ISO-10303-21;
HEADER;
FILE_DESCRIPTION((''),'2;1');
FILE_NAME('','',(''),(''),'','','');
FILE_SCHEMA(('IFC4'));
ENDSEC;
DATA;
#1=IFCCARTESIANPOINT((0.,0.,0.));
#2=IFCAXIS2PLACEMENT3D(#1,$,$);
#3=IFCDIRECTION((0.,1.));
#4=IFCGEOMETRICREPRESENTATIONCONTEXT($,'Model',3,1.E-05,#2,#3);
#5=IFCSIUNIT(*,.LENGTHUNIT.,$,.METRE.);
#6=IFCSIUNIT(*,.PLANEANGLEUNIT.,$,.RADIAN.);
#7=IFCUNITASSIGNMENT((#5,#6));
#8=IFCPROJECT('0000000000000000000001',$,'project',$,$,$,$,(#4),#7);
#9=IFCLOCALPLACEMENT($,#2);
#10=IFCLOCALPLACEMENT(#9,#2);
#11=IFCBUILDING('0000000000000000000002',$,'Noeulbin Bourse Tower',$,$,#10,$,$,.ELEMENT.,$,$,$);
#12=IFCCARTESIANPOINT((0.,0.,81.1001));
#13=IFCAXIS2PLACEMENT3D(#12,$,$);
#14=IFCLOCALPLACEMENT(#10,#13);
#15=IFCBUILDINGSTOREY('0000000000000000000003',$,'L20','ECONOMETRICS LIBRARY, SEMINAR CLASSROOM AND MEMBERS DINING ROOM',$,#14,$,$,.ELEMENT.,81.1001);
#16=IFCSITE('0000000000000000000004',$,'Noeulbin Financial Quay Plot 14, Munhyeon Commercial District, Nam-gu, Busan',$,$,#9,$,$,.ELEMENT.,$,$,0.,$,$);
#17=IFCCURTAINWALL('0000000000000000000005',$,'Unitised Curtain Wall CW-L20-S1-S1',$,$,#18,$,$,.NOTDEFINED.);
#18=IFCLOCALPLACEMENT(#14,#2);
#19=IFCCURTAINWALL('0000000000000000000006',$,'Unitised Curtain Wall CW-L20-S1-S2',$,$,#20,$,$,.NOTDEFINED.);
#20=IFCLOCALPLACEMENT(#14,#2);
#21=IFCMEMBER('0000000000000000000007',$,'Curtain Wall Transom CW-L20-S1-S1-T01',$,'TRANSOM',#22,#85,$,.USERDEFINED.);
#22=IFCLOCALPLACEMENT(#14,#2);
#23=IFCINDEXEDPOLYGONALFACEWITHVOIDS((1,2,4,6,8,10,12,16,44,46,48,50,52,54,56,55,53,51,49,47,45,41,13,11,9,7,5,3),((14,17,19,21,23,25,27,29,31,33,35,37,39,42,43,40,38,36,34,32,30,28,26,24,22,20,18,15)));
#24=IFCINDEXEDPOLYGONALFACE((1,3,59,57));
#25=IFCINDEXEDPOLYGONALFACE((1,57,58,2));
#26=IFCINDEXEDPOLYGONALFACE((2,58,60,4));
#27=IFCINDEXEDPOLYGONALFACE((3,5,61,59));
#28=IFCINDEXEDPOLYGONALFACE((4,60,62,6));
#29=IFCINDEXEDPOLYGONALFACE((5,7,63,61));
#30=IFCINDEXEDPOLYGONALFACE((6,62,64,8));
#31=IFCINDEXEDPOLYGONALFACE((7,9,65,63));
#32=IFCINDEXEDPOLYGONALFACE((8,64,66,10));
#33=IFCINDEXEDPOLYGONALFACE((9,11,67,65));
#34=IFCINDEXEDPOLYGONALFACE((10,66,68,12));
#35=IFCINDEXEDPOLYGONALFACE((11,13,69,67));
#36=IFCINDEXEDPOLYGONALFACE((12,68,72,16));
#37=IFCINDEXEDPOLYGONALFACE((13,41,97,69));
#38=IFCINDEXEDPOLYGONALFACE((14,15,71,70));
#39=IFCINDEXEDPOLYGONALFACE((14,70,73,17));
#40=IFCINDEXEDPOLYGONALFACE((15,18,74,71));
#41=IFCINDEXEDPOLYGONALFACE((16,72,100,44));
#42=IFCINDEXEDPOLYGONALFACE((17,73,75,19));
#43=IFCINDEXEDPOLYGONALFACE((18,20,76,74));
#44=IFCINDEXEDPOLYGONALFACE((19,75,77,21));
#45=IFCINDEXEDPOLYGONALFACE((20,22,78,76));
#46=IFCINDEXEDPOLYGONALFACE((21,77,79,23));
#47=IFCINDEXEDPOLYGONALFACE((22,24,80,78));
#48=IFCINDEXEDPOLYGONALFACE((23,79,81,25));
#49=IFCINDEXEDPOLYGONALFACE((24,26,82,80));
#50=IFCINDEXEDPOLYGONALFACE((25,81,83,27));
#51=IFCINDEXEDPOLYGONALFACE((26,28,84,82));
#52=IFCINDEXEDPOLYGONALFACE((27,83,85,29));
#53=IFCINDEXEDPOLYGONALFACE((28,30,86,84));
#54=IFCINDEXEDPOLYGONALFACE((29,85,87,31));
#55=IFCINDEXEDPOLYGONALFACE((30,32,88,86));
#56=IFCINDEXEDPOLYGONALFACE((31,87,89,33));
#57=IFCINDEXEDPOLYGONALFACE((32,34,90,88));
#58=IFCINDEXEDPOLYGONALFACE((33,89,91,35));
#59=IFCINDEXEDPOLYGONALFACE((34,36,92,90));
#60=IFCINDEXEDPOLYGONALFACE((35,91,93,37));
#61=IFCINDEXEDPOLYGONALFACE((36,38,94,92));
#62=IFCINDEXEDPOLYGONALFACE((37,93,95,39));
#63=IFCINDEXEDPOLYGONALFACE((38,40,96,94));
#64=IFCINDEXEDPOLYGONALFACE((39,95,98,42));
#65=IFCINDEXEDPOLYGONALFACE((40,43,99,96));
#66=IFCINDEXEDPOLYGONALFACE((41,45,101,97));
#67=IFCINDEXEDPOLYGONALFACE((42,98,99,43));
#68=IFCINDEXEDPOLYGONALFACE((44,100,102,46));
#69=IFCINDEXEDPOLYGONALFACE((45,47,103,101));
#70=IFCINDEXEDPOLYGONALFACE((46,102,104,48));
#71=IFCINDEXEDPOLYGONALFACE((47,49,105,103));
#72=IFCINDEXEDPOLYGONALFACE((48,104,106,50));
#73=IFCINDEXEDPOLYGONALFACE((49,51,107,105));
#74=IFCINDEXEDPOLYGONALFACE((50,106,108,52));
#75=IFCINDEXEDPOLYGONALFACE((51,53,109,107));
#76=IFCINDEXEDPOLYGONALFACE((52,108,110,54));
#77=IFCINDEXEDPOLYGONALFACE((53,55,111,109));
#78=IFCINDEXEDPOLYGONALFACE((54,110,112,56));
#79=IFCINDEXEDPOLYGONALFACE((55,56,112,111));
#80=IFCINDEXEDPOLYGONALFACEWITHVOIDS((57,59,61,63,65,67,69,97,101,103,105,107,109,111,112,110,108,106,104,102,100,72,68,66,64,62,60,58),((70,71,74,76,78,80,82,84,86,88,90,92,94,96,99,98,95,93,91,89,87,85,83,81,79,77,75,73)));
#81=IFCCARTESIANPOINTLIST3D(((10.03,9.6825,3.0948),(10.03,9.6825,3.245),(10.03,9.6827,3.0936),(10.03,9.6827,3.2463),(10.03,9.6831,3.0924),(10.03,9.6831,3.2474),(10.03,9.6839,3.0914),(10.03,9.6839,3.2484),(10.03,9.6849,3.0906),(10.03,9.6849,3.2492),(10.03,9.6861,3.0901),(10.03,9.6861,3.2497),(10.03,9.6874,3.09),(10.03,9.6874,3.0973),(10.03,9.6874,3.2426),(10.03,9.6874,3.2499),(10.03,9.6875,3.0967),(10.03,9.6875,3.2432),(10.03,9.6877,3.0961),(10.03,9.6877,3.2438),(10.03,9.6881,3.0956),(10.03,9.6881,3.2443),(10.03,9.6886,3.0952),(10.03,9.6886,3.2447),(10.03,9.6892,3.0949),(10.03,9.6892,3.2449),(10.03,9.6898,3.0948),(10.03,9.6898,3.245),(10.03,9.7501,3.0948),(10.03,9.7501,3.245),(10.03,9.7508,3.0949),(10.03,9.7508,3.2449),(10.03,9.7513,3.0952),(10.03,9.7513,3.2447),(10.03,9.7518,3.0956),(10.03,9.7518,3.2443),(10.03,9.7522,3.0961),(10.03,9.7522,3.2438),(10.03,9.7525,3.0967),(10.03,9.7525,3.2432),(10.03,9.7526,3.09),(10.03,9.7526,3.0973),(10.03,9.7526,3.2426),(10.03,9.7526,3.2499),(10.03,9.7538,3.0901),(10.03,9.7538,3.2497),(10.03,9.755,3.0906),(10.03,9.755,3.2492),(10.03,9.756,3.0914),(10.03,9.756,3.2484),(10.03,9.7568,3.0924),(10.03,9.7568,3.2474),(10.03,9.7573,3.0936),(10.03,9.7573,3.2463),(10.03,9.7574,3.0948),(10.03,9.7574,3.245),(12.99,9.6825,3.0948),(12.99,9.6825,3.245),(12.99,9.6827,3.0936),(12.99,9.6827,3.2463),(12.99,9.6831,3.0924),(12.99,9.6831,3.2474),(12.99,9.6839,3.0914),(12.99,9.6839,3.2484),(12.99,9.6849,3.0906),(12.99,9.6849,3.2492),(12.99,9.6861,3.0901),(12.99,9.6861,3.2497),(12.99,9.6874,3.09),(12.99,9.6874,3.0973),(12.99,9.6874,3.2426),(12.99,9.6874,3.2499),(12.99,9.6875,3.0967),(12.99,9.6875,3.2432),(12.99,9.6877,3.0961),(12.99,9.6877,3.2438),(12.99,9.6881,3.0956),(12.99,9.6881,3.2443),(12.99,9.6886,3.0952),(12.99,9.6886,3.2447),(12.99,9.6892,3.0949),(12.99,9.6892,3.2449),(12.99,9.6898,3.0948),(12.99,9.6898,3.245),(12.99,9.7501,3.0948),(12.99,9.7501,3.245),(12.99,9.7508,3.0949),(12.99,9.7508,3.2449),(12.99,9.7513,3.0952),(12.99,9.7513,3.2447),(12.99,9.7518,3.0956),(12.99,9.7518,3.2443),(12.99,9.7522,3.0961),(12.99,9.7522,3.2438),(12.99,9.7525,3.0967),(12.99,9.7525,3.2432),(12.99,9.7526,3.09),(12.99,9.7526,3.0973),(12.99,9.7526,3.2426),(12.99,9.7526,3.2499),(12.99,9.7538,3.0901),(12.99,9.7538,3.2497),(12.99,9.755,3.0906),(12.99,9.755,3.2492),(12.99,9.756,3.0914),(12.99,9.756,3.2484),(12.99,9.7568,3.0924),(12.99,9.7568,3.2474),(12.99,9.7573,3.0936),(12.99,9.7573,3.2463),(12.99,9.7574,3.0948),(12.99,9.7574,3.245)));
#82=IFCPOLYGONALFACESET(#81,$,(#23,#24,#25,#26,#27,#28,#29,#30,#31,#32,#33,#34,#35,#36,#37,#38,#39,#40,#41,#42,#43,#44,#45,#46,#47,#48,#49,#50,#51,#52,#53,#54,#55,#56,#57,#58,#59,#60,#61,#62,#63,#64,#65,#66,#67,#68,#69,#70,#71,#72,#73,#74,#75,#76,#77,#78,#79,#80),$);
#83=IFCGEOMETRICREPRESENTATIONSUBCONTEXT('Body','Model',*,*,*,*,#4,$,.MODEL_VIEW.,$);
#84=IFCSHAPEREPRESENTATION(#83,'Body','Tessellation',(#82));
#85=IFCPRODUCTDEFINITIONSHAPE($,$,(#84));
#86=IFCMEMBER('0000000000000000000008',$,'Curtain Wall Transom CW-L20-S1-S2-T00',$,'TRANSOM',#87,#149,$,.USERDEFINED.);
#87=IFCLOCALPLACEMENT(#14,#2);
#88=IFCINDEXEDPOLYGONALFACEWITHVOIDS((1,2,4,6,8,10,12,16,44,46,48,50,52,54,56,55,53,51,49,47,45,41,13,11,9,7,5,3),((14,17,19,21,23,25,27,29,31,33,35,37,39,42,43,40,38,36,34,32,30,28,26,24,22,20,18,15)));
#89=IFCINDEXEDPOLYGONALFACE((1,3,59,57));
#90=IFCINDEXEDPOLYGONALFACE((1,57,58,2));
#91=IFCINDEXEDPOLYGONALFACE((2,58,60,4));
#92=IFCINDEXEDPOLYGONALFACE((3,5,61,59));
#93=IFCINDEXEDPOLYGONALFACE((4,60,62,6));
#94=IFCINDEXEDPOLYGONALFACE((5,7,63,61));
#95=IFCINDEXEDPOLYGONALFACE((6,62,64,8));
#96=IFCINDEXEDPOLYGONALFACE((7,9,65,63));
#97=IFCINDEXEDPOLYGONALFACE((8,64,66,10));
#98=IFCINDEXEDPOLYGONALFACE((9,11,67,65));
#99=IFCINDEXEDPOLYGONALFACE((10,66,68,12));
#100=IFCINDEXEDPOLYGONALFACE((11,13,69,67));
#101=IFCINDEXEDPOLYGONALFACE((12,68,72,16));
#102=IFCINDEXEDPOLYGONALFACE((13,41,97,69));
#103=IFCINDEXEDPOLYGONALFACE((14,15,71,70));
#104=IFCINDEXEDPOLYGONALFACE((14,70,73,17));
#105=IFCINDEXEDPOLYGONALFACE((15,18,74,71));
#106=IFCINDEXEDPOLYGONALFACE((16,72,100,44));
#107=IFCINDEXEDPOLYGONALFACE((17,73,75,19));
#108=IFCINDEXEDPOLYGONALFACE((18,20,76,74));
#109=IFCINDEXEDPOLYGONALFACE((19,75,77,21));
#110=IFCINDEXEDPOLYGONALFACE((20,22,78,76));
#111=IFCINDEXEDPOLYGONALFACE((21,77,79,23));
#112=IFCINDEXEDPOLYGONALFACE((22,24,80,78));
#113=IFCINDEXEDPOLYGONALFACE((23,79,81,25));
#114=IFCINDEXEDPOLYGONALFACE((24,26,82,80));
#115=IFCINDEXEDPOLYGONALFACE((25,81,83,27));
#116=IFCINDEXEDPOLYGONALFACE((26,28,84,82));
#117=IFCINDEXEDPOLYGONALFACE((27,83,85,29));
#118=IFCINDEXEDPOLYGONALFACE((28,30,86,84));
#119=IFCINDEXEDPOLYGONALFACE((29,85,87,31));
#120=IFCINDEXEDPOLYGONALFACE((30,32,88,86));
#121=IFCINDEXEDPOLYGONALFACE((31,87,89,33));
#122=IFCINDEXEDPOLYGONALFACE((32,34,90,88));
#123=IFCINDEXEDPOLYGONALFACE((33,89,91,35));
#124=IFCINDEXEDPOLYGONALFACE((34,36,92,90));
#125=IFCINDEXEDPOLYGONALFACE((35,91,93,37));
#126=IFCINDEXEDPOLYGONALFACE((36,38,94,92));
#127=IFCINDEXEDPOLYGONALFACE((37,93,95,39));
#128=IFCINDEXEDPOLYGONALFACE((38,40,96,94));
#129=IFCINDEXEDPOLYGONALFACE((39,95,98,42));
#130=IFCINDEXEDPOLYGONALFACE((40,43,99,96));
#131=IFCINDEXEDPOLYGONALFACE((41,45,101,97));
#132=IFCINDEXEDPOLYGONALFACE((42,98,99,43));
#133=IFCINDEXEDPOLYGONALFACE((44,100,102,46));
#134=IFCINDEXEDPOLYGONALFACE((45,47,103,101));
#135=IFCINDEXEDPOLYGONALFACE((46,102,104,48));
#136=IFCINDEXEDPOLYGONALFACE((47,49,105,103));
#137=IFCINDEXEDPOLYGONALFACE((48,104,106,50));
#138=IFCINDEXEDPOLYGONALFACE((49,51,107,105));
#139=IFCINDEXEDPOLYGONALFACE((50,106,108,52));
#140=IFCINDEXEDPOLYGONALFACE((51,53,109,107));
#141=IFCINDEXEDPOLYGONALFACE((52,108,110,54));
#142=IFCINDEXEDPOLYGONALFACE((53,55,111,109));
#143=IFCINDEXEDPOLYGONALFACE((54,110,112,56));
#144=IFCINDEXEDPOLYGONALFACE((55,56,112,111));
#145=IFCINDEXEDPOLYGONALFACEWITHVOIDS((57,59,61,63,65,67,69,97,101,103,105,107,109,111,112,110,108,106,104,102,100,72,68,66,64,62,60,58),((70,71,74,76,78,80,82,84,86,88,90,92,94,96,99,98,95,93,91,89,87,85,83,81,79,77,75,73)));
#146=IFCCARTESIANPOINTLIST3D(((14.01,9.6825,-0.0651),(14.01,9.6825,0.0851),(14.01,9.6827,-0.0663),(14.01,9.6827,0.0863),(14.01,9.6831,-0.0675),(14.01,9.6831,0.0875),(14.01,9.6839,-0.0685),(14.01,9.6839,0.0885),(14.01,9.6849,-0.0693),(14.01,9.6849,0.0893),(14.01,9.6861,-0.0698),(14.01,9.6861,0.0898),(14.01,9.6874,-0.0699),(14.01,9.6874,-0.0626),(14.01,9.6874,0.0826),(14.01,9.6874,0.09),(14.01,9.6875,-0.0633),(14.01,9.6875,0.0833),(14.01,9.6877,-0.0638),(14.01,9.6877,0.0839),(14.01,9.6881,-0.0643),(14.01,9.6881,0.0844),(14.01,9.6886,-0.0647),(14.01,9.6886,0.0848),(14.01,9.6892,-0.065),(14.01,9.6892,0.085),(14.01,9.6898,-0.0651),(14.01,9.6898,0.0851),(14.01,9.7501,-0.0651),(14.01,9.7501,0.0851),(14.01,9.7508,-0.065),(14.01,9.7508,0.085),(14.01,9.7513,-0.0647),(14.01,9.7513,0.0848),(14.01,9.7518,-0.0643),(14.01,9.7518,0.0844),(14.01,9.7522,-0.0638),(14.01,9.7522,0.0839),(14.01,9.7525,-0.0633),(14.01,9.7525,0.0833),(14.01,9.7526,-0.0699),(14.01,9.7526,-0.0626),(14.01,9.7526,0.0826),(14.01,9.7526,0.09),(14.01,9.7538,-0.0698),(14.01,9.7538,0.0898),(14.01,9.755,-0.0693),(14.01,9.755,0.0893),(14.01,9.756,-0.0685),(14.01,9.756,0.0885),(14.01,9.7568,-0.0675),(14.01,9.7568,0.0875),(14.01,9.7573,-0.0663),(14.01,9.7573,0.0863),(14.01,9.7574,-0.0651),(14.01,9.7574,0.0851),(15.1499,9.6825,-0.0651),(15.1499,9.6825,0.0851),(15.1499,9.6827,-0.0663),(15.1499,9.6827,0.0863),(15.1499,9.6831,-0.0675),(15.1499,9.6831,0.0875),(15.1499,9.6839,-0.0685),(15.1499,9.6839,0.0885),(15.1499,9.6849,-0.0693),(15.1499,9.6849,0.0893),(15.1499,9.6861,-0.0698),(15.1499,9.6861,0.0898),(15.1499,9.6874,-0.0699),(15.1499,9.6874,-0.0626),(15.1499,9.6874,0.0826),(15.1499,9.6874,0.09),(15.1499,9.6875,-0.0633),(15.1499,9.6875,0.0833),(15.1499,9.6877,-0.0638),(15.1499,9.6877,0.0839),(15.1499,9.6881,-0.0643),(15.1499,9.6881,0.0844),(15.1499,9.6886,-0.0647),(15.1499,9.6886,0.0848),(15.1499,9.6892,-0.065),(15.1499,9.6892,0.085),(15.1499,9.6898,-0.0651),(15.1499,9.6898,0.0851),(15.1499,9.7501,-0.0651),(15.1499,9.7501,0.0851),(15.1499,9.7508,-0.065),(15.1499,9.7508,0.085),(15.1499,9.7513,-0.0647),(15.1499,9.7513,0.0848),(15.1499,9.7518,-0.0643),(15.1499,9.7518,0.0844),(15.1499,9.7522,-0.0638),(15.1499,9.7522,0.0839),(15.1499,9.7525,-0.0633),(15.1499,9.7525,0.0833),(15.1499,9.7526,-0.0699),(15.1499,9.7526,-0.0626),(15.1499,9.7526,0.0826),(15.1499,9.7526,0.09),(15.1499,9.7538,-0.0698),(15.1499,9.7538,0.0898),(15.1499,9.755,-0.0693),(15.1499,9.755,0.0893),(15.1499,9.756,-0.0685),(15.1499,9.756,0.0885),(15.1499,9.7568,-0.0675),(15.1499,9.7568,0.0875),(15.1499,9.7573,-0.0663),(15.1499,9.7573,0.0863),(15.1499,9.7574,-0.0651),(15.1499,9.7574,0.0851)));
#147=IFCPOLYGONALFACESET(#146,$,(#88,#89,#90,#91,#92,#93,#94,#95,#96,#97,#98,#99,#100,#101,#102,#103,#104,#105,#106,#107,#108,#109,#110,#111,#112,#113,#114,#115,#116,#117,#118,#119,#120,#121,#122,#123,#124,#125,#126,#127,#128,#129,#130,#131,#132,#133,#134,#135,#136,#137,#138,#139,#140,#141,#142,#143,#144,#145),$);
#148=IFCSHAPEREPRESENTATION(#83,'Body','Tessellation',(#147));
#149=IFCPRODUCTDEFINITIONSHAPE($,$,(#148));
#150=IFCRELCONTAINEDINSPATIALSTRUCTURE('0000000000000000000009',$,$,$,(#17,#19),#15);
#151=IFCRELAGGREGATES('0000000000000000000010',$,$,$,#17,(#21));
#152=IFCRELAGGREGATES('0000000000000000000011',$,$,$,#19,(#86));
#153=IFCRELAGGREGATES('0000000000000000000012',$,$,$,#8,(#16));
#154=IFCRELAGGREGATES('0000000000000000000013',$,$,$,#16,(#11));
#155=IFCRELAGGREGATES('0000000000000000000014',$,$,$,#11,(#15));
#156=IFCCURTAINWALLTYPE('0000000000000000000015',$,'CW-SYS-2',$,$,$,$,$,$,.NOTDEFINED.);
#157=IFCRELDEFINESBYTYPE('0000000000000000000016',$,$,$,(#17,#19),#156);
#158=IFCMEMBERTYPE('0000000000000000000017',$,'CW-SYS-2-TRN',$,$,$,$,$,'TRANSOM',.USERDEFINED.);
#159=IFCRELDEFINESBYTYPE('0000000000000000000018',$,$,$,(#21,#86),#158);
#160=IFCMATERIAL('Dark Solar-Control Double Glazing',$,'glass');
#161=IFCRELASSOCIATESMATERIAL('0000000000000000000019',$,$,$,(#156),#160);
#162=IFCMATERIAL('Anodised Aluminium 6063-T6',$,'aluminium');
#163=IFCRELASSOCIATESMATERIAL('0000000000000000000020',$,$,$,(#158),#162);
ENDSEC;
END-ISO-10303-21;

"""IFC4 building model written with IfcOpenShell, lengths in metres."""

from ifc_helpers import new_model, si_unit, direction, frame, origin, origin_2d, place, context, subcontext, project, spatial, hollow_rectangle, extrude, material, material_profile, profile_set, type_object, element, aggregate, save


model = new_model("IFC4")

# Units and contexts
model_context = context("Model", 3, precision=1e-05, world=origin(), true_north=direction((0.0, 1.0)))
body_context = subcontext(model_context, "Body", "Model", "MODEL_VIEW")
ifc_project = project(units=[si_unit("LENGTHUNIT", "METRE"), si_unit("PLANEANGLEUNIT", "RADIAN")], contexts=[model_context])

# Site, building, storey
site_placement = place(None, origin())
site = spatial("IfcSite", under=ifc_project, at=site_placement, Name="Noeulbin Financial Quay Plot 14, Munhyeon Commercial District, Nam-gu, Busan", CompositionType="ELEMENT", RefElevation=0.0)
building_placement = place(site_placement, origin())
building = spatial("IfcBuilding", under=site, at=building_placement, Name="Noeulbin Bourse Tower", CompositionType="ELEMENT")
storey_placement = place(building_placement, frame((0.0, 0.0, 81.1001)))
storey = spatial("IfcBuildingStorey", under=building, at=storey_placement, Name="L20", Description="ECONOMETRICS LIBRARY, SEMINAR CLASSROOM AND MEMBERS DINING ROOM", CompositionType="ELEMENT", Elevation=81.1001)

# Curtain walls
ifc_material_1 = material(Name="Dark Solar-Control Double Glazing", Category="glass")
curtain_wall_type = type_object("IfcCurtainWallType", Name="CW-SYS-2", PredefinedType="NOTDEFINED", material=ifc_material_1)
curtain_wall_1_placement = place(storey_placement, origin())
curtain_wall_1 = element("IfcCurtainWall", 1, at=curtain_wall_1_placement, inside=storey, type_object=curtain_wall_type, Name="Unitised Curtain Wall CW-L20-S1-S1", PredefinedType="NOTDEFINED")
ifc_material_2 = material(Name="Anodised Aluminium 6063-T6", Category="aluminium")
curtain_wall_2_placement = place(storey_placement, origin())
curtain_wall_2 = element("IfcCurtainWall", 2, at=curtain_wall_2_placement, inside=storey, type_object=curtain_wall_type, Name="Unitised Curtain Wall CW-L20-S1-S2", PredefinedType="NOTDEFINED")

# Members
ifc_material_profile_1 = material_profile(ifc_material_2, hollow_rectangle(XDim=0.075, YDim=0.1599, WallThickness=0.0049, InnerFilletRadius=0.0024, OuterFilletRadius=0.0049, at=origin_2d()), Name="ALU-TRAN-75x160x5", Category="LoadBearing")
ifc_profile_set_1 = profile_set([ifc_material_profile_1], Name="Anodised Aluminium 6063-T6")
member_type_1 = type_object("IfcMemberType", Name="CW-SYS-2-TRN", ElementType="TRANSOM", PredefinedType="USERDEFINED", material=ifc_profile_set_1)
member_1_placement = place(storey_placement, frame((10.03, 9.72, 3.1699), z_axis=(1.0, 0.0, 0.0), x_axis=(0.0, 1.0, 0.0)))
member_1 = element("IfcMember", 3, at=member_1_placement, type_object=member_type_1, Name="Curtain Wall Transom CW-L20-S1-S1-T01", ObjectType="TRANSOM", PredefinedType="USERDEFINED", context=body_context, shape_type="SweptSolid", body=[
    extrude(hollow_rectangle(XDim=0.075, YDim=0.1599, WallThickness=0.0049, InnerFilletRadius=0.0024, OuterFilletRadius=0.0049, at=origin_2d()), origin(), (0.0, 0.0, 1.0), 2.96),
])
member_2_placement = place(storey_placement, frame((14.01, 9.72, 0.01), z_axis=(1.0, 0.0, 0.0), x_axis=(0.0, 1.0, 0.0)))
member_2 = element("IfcMember", 4, at=member_2_placement, type_object=member_type_1, Name="Curtain Wall Transom CW-L20-S1-S2-T00", ObjectType="TRANSOM", PredefinedType="USERDEFINED", context=body_context, shape_type="SweptSolid", body=[
    extrude(hollow_rectangle(XDim=0.075, YDim=0.1599, WallThickness=0.0049, InnerFilletRadius=0.0024, OuterFilletRadius=0.0049, at=origin_2d()), origin(), (0.0, 0.0, 1.0), 1.1399),
])

aggregate(curtain_wall_1, [member_1])
aggregate(curtain_wall_2, [member_2])

save(model, "model.ifc")
